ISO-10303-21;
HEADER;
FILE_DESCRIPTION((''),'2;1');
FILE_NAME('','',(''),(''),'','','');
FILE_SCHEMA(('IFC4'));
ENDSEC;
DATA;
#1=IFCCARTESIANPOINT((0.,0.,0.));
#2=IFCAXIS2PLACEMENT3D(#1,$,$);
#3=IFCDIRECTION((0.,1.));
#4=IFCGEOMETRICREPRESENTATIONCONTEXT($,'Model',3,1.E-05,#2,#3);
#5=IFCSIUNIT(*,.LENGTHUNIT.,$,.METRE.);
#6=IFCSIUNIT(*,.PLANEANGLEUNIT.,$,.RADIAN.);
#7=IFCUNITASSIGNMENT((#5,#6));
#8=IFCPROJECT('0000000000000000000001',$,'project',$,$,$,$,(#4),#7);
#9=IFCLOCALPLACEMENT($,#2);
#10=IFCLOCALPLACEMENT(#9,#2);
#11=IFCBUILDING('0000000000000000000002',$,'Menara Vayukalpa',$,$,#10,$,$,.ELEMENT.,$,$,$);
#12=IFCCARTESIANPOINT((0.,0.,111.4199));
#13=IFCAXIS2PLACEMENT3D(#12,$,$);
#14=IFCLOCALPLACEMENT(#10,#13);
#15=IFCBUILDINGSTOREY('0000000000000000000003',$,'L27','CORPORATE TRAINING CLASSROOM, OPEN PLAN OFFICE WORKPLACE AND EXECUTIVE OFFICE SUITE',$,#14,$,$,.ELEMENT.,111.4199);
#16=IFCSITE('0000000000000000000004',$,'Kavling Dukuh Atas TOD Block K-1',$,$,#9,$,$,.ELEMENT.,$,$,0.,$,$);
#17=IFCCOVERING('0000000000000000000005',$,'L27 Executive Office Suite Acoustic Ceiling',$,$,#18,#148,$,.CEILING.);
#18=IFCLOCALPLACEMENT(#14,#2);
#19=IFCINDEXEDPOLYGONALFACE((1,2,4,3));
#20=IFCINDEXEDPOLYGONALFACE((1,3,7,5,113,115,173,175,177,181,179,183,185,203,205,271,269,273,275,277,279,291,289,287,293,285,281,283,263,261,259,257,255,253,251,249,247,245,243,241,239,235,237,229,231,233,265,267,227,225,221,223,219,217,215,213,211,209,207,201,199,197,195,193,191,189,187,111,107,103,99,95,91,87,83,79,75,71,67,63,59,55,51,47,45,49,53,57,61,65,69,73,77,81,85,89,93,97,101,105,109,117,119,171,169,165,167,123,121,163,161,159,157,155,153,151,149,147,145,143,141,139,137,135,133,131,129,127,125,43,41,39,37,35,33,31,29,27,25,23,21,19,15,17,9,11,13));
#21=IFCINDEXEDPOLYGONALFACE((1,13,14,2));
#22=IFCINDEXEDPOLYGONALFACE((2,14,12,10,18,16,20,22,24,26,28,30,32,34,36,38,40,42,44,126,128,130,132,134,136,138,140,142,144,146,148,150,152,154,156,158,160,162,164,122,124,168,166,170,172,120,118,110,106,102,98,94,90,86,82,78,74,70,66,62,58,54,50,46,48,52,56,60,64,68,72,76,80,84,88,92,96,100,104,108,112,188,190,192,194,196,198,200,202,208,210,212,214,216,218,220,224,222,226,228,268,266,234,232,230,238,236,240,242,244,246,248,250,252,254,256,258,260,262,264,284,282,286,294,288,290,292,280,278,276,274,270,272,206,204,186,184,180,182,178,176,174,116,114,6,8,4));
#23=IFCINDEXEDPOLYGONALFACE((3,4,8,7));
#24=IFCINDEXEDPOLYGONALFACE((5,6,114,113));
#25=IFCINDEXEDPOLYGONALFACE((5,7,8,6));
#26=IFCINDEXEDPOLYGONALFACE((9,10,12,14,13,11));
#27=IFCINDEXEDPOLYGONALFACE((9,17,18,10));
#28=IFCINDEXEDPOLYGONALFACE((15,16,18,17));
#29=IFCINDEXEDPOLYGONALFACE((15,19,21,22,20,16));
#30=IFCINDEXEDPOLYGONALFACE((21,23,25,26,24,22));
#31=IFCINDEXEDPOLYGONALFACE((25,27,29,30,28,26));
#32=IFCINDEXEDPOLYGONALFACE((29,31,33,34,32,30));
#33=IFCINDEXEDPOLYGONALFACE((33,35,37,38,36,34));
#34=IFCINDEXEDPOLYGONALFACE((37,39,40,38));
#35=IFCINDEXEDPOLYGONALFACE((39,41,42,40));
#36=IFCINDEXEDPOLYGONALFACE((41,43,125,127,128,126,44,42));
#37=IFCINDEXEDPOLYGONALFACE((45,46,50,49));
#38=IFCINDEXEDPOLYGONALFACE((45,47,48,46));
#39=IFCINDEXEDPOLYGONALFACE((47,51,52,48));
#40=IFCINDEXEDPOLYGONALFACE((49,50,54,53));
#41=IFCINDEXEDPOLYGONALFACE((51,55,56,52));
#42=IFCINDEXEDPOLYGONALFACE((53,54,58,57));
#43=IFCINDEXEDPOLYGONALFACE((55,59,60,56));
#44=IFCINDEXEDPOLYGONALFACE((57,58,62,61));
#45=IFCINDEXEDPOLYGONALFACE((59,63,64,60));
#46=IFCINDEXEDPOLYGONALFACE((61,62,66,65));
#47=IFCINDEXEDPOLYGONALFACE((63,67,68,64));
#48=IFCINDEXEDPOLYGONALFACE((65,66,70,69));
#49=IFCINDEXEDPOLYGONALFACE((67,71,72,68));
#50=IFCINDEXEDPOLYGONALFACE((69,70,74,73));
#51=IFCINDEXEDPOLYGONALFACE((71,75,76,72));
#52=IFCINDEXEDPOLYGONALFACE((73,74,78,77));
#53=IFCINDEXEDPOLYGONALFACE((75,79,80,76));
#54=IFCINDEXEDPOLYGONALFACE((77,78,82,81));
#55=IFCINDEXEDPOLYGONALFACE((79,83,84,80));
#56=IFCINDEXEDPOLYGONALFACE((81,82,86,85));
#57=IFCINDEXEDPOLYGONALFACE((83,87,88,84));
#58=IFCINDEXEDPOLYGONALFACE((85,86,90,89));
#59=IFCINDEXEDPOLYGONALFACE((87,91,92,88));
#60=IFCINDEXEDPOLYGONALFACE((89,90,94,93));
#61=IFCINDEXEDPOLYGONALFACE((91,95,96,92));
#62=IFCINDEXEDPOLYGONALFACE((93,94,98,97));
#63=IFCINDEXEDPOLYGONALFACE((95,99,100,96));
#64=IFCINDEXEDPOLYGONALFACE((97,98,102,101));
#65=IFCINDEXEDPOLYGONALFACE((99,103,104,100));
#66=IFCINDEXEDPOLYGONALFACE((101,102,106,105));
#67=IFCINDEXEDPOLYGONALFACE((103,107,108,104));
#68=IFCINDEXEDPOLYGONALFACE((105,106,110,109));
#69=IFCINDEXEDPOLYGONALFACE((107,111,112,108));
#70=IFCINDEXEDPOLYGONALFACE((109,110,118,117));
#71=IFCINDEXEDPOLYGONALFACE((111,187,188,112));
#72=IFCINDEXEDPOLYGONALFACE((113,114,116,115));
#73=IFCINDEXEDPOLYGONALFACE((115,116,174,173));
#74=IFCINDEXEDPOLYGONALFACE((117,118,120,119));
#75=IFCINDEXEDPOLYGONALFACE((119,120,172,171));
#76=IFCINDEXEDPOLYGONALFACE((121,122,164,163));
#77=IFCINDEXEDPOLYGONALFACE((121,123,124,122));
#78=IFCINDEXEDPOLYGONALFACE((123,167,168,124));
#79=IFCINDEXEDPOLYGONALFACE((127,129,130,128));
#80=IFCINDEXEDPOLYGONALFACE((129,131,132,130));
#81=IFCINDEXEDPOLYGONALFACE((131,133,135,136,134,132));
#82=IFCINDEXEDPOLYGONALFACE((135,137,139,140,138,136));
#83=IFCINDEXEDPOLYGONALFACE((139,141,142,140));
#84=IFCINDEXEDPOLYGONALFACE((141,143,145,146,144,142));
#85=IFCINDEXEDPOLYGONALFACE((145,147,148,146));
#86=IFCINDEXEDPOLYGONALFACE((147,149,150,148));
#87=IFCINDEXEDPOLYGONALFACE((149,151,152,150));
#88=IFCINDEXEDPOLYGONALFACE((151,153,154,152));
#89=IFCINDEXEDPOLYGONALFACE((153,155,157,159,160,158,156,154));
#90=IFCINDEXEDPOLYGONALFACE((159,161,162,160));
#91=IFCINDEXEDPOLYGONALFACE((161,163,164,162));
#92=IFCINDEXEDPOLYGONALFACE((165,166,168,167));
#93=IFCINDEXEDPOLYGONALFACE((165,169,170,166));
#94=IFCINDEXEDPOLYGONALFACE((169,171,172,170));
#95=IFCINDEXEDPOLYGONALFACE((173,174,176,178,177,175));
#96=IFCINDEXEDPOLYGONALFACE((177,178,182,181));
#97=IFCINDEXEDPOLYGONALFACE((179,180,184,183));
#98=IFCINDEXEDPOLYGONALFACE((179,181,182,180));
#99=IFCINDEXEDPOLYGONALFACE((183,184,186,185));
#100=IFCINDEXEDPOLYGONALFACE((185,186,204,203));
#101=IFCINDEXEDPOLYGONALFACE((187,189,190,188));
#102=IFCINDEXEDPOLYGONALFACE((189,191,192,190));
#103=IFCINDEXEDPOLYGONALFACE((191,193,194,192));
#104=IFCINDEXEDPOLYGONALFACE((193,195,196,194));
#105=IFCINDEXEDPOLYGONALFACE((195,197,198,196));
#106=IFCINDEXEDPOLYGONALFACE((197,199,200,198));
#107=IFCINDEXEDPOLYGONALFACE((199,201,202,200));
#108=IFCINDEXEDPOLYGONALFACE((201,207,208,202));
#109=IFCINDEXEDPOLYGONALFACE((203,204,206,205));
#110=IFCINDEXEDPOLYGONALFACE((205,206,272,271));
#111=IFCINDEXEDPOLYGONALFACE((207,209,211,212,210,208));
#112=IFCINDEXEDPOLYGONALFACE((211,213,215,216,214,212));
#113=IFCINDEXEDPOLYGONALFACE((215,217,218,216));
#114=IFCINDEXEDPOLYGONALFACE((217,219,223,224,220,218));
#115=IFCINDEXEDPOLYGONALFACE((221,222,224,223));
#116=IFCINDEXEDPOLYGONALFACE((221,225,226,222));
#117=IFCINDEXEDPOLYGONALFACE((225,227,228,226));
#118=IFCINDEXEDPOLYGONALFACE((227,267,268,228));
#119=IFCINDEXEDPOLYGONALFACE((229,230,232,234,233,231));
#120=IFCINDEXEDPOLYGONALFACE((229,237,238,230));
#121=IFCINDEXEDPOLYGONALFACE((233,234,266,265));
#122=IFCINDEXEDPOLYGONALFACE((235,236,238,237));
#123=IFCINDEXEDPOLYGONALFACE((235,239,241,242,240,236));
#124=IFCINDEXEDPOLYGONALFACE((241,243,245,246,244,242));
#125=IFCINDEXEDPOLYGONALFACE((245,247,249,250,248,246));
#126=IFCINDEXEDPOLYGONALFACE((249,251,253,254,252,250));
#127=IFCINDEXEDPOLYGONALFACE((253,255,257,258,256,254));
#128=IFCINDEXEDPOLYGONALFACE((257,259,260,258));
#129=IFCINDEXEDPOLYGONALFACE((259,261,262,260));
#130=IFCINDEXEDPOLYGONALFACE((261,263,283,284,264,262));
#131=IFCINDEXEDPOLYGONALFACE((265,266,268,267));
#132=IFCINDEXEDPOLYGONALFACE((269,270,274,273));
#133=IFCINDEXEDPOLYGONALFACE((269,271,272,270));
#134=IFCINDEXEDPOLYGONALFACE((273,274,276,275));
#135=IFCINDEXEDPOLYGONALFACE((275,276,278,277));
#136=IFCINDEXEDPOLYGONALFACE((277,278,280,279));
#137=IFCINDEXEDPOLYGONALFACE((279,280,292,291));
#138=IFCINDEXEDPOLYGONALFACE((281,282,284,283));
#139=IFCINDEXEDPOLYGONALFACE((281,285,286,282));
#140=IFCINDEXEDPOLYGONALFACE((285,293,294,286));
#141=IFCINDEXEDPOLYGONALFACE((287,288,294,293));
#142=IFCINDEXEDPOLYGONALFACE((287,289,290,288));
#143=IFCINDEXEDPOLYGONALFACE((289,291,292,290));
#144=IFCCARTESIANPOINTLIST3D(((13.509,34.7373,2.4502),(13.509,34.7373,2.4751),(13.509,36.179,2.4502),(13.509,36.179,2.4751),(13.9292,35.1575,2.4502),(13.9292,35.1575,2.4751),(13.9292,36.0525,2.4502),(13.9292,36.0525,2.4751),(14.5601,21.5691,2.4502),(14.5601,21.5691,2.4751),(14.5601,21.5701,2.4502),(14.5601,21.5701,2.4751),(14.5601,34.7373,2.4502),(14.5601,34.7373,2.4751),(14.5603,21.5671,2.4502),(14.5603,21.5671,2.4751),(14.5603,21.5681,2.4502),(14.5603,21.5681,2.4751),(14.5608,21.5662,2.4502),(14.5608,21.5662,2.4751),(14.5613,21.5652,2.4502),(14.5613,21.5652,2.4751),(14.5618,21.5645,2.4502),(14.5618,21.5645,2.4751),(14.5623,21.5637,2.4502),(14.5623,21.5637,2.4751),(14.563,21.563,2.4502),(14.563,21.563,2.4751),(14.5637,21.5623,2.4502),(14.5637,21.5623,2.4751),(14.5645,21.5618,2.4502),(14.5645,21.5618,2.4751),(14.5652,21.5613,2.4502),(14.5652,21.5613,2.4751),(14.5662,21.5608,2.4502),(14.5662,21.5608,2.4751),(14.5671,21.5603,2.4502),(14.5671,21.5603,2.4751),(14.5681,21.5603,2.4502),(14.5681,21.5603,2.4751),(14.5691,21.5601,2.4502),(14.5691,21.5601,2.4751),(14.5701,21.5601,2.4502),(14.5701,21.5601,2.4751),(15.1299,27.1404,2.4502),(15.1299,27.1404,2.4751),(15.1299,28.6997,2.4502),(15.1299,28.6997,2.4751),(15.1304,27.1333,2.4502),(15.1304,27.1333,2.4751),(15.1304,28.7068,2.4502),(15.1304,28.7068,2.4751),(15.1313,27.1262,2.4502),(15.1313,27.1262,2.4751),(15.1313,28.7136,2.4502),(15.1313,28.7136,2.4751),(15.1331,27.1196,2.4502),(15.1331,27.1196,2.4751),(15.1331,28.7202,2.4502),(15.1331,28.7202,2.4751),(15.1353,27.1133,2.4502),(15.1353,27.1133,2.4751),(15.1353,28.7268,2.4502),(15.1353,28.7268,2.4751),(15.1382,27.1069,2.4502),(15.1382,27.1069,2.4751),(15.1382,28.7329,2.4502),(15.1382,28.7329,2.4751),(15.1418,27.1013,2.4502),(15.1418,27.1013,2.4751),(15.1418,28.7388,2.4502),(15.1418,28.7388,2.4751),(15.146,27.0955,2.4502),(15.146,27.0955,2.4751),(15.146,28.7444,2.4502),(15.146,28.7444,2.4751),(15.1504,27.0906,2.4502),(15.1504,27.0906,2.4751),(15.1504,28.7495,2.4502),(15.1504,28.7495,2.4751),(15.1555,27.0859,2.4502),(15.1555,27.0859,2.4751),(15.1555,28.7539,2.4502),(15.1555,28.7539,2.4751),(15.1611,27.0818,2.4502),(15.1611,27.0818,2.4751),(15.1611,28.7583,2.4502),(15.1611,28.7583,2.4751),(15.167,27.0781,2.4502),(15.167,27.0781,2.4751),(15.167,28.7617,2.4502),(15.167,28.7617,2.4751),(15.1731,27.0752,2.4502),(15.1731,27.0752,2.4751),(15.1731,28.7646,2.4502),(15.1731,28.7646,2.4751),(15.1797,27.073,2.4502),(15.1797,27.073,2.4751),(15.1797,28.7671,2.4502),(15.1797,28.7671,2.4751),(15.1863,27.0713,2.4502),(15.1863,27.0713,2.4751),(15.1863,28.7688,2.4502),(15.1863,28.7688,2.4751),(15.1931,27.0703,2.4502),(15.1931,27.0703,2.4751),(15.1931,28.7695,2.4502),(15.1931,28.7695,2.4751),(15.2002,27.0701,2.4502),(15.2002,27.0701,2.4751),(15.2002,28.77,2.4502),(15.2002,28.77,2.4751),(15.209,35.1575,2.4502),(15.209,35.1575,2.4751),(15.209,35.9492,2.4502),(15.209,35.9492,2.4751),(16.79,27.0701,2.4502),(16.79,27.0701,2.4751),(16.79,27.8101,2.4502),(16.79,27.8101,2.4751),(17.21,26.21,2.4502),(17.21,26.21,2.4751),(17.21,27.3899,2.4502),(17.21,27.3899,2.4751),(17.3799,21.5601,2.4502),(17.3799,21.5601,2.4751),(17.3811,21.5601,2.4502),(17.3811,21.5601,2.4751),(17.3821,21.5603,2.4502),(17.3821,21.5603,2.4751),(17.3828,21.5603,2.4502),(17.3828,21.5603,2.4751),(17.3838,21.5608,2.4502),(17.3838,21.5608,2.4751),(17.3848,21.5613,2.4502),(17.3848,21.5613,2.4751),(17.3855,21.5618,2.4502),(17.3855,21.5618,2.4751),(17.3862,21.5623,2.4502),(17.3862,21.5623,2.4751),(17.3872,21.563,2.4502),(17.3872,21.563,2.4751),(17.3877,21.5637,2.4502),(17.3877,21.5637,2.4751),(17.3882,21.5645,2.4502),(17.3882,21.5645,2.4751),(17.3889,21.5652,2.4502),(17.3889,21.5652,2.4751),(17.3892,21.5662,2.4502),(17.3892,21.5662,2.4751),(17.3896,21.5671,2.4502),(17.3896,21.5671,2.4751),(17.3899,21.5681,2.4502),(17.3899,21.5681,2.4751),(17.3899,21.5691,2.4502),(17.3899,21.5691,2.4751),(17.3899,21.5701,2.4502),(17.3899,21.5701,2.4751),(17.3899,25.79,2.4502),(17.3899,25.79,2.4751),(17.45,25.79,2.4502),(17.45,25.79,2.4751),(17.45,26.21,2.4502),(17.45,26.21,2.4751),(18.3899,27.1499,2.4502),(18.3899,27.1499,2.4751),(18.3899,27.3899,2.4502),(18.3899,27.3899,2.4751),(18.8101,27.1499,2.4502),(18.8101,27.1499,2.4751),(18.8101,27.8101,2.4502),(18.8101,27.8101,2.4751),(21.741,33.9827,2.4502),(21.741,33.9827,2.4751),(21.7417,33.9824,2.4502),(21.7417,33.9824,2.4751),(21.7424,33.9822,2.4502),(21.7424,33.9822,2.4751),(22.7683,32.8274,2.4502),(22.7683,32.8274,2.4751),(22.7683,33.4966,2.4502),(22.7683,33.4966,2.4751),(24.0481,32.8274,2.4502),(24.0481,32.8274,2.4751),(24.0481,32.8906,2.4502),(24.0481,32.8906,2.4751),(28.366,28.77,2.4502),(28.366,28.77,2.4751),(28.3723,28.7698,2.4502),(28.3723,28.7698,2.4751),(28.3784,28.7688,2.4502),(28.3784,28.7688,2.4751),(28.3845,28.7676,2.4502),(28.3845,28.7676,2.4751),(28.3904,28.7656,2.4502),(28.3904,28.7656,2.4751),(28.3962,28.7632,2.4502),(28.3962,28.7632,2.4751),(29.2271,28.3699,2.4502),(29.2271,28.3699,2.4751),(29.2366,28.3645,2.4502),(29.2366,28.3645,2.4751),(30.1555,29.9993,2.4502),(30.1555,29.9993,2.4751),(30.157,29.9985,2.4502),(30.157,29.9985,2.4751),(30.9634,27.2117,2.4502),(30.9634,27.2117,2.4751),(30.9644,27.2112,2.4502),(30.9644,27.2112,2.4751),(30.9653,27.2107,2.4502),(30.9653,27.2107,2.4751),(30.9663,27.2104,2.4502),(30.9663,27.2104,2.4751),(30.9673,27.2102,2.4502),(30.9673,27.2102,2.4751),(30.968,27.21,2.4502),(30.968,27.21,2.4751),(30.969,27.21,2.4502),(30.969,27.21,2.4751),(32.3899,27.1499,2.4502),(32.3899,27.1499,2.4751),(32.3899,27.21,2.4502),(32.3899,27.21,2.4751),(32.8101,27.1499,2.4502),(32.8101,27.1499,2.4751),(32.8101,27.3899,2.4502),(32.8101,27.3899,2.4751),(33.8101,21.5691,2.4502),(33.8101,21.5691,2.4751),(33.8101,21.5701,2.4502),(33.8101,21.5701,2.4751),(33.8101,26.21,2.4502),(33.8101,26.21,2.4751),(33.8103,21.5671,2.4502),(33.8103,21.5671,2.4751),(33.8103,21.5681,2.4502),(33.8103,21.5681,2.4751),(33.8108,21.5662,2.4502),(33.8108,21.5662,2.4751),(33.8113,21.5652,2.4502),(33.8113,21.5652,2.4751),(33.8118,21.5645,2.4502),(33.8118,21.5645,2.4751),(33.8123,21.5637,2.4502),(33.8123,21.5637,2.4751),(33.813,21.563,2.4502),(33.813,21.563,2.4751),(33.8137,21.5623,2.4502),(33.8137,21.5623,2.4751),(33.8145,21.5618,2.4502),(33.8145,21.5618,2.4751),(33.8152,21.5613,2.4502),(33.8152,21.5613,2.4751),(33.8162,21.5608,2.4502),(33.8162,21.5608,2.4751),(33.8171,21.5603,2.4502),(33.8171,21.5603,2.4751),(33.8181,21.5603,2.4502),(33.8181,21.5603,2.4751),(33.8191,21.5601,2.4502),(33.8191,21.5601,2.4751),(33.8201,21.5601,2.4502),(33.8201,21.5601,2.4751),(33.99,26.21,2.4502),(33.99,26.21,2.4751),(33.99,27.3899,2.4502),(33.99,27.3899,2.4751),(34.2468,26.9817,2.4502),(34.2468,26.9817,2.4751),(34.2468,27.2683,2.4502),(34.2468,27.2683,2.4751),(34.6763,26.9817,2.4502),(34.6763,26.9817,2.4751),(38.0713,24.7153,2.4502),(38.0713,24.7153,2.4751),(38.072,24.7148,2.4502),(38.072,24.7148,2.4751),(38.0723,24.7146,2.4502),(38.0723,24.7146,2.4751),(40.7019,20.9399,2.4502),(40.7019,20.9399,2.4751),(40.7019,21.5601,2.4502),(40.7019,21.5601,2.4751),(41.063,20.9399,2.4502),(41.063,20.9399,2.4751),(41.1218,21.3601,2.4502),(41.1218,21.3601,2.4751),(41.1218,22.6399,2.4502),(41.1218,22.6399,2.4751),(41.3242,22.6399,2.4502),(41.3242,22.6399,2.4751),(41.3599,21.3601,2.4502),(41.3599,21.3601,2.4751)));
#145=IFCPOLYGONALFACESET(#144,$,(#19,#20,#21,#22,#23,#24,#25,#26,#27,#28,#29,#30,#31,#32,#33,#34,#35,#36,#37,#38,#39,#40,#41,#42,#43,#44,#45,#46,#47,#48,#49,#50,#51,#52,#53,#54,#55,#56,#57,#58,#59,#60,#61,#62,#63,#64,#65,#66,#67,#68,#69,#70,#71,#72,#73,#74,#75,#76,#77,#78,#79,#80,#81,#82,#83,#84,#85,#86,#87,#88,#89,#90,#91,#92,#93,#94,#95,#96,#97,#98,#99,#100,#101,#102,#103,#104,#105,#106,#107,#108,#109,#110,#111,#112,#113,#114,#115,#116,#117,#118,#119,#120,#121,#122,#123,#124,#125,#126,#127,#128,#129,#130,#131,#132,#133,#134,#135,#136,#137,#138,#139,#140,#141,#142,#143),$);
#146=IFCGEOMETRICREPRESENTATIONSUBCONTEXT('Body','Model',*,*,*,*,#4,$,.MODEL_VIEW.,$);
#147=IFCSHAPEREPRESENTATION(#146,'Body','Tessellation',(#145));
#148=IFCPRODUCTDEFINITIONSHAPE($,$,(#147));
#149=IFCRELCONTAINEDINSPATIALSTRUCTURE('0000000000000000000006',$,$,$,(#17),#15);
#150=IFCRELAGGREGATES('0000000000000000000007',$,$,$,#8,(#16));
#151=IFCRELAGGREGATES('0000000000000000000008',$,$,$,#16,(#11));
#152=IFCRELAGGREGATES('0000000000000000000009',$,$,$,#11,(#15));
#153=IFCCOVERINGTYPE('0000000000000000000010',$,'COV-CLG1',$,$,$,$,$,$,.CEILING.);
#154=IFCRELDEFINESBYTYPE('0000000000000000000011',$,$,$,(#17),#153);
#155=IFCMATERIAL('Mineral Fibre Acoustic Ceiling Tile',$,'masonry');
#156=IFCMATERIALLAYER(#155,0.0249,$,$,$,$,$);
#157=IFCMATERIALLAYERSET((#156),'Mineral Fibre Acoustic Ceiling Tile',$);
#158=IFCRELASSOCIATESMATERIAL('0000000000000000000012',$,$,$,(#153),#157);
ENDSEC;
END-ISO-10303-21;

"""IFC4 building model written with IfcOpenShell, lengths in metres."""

from ifc_helpers import new_model, si_unit, direction, frame, origin, place, context, subcontext, project, spatial, polyline, outline, extrude, material, layer, layer_set, type_object, element, save


model = new_model("IFC4")

# Units and contexts
model_context = context("Model", 3, precision=1e-05, world=origin(), true_north=direction((0.0, 1.0)))
body_context = subcontext(model_context, "Body", "Model", "MODEL_VIEW")
ifc_project = project(units=[si_unit("LENGTHUNIT", "METRE"), si_unit("PLANEANGLEUNIT", "RADIAN")], contexts=[model_context])

# Site, building, storey
site_placement = place(None, origin())
site = spatial("IfcSite", under=ifc_project, at=site_placement, Name="Kavling Dukuh Atas TOD Block K-1", CompositionType="ELEMENT", RefElevation=0.0)
building_placement = place(site_placement, origin())
building = spatial("IfcBuilding", under=site, at=building_placement, Name="Menara Vayukalpa", CompositionType="ELEMENT")
storey_placement = place(building_placement, frame((0.0, 0.0, 111.4199)))
storey = spatial("IfcBuildingStorey", under=building, at=storey_placement, Name="L27", Description="CORPORATE TRAINING CLASSROOM, OPEN PLAN OFFICE WORKPLACE AND EXECUTIVE OFFICE SUITE", CompositionType="ELEMENT", Elevation=111.4199)

# Covering
ifc_material_1 = material(Name="Mineral Fibre Acoustic Ceiling Tile", Category="masonry")
ifc_layer_1 = layer(ifc_material_1, 0.0249)
ifc_layer_set_1 = layer_set([ifc_layer_1], Name="Mineral Fibre Acoustic Ceiling Tile")
covering_type_1 = type_object("IfcCoveringType", Name="COV-CLG1", PredefinedType="CEILING", material=ifc_layer_set_1)
covering_1_placement = place(storey_placement, frame((0.0, 0.0, 2.4502)))
element("IfcCovering", 1, at=covering_1_placement, inside=storey, type_object=covering_type_1, Name="L27 Executive Office Suite Acoustic Ceiling", PredefinedType="CEILING", context=body_context, shape_type="SweptSolid", body=[
    extrude(outline(polyline([(40.7019, 20.9399), (40.7019, 21.5601), (33.8201, 21.5601), (33.8191, 21.5601), (33.8181, 21.5603), (33.8171, 21.5603), (33.8162, 21.5608), (33.8152, 21.5613), (33.8145, 21.5618), (33.8137, 21.5623), (33.813, 21.563), (33.8123, 21.5637), (33.8118, 21.5645), (33.8113, 21.5652), (33.8108, 21.5662), (33.8103, 21.5671), (33.8103, 21.5681), (33.8101, 21.5691), (33.8101, 21.5701), (33.8101, 26.21), (33.99, 26.21), (33.99, 27.3899), (32.8101, 27.3899), (32.8101, 27.1499), (32.3899, 27.1499), (32.3899, 27.21), (30.969, 27.21), (30.968, 27.21), (30.9673, 27.2102), (30.9663, 27.2104), (30.9653, 27.2107), (30.9644, 27.2112), (30.9634, 27.2117), (29.2366, 28.3645), (29.2271, 28.3699), (28.3962, 28.7632), (28.3904, 28.7656), (28.3845, 28.7676), (28.3784, 28.7688), (28.3723, 28.7698), (28.366, 28.77), (15.2002, 28.77), (15.1931, 28.7695), (15.1863, 28.7688), (15.1797, 28.7671), (15.1731, 28.7646), (15.167, 28.7617), (15.1611, 28.7583), (15.1555, 28.7539), (15.1504, 28.7495), (15.146, 28.7444), (15.1418, 28.7388), (15.1382, 28.7329), (15.1353, 28.7268), (15.1331, 28.7202), (15.1313, 28.7136), (15.1304, 28.7068), (15.1299, 28.6997), (15.1299, 27.1404), (15.1304, 27.1333), (15.1313, 27.1262), (15.1331, 27.1196), (15.1353, 27.1133), (15.1382, 27.1069), (15.1418, 27.1013), (15.146, 27.0955), (15.1504, 27.0906), (15.1555, 27.0859), (15.1611, 27.0818), (15.167, 27.0781), (15.1731, 27.0752), (15.1797, 27.073), (15.1863, 27.0713), (15.1931, 27.0703), (15.2002, 27.0701), (16.79, 27.0701), (16.79, 27.8101), (18.8101, 27.8101), (18.8101, 27.1499), (18.3899, 27.1499), (18.3899, 27.3899), (17.21, 27.3899), (17.21, 26.21), (17.45, 26.21), (17.45, 25.79), (17.3899, 25.79), (17.3899, 21.5701), (17.3899, 21.5691), (17.3899, 21.5681), (17.3896, 21.5671), (17.3892, 21.5662), (17.3889, 21.5652), (17.3882, 21.5645), (17.3877, 21.5637), (17.3872, 21.563), (17.3862, 21.5623), (17.3855, 21.5618), (17.3848, 21.5613), (17.3838, 21.5608), (17.3828, 21.5603), (17.3821, 21.5603), (17.3811, 21.5601), (17.3799, 21.5601), (14.5701, 21.5601), (14.5691, 21.5601), (14.5681, 21.5603), (14.5671, 21.5603), (14.5662, 21.5608), (14.5652, 21.5613), (14.5645, 21.5618), (14.5637, 21.5623), (14.563, 21.563), (14.5623, 21.5637), (14.5618, 21.5645), (14.5613, 21.5652), (14.5608, 21.5662), (14.5603, 21.5671), (14.5603, 21.5681), (14.5601, 21.5691), (14.5601, 21.5701), (14.5601, 34.7373), (13.509, 34.7373), (13.509, 36.179), (13.9292, 36.0525), (13.9292, 35.1575), (15.209, 35.1575), (15.209, 35.9492), (21.741, 33.9827), (21.7417, 33.9824), (21.7424, 33.9822), (22.7683, 33.4966), (22.7683, 32.8274), (24.0481, 32.8274), (24.0481, 32.8906), (30.1555, 29.9993), (30.157, 29.9985), (34.2468, 27.2683), (34.2468, 26.9817), (34.6763, 26.9817), (38.0713, 24.7153), (38.072, 24.7148), (38.0723, 24.7146), (41.3242, 22.6399), (41.1218, 22.6399), (41.1218, 21.3601), (41.3599, 21.3601), (41.063, 20.9399), (40.7019, 20.9399)])), origin(), (0.0, 0.0, 1.0), 0.0249),
])

save(model, "model.ifc")
